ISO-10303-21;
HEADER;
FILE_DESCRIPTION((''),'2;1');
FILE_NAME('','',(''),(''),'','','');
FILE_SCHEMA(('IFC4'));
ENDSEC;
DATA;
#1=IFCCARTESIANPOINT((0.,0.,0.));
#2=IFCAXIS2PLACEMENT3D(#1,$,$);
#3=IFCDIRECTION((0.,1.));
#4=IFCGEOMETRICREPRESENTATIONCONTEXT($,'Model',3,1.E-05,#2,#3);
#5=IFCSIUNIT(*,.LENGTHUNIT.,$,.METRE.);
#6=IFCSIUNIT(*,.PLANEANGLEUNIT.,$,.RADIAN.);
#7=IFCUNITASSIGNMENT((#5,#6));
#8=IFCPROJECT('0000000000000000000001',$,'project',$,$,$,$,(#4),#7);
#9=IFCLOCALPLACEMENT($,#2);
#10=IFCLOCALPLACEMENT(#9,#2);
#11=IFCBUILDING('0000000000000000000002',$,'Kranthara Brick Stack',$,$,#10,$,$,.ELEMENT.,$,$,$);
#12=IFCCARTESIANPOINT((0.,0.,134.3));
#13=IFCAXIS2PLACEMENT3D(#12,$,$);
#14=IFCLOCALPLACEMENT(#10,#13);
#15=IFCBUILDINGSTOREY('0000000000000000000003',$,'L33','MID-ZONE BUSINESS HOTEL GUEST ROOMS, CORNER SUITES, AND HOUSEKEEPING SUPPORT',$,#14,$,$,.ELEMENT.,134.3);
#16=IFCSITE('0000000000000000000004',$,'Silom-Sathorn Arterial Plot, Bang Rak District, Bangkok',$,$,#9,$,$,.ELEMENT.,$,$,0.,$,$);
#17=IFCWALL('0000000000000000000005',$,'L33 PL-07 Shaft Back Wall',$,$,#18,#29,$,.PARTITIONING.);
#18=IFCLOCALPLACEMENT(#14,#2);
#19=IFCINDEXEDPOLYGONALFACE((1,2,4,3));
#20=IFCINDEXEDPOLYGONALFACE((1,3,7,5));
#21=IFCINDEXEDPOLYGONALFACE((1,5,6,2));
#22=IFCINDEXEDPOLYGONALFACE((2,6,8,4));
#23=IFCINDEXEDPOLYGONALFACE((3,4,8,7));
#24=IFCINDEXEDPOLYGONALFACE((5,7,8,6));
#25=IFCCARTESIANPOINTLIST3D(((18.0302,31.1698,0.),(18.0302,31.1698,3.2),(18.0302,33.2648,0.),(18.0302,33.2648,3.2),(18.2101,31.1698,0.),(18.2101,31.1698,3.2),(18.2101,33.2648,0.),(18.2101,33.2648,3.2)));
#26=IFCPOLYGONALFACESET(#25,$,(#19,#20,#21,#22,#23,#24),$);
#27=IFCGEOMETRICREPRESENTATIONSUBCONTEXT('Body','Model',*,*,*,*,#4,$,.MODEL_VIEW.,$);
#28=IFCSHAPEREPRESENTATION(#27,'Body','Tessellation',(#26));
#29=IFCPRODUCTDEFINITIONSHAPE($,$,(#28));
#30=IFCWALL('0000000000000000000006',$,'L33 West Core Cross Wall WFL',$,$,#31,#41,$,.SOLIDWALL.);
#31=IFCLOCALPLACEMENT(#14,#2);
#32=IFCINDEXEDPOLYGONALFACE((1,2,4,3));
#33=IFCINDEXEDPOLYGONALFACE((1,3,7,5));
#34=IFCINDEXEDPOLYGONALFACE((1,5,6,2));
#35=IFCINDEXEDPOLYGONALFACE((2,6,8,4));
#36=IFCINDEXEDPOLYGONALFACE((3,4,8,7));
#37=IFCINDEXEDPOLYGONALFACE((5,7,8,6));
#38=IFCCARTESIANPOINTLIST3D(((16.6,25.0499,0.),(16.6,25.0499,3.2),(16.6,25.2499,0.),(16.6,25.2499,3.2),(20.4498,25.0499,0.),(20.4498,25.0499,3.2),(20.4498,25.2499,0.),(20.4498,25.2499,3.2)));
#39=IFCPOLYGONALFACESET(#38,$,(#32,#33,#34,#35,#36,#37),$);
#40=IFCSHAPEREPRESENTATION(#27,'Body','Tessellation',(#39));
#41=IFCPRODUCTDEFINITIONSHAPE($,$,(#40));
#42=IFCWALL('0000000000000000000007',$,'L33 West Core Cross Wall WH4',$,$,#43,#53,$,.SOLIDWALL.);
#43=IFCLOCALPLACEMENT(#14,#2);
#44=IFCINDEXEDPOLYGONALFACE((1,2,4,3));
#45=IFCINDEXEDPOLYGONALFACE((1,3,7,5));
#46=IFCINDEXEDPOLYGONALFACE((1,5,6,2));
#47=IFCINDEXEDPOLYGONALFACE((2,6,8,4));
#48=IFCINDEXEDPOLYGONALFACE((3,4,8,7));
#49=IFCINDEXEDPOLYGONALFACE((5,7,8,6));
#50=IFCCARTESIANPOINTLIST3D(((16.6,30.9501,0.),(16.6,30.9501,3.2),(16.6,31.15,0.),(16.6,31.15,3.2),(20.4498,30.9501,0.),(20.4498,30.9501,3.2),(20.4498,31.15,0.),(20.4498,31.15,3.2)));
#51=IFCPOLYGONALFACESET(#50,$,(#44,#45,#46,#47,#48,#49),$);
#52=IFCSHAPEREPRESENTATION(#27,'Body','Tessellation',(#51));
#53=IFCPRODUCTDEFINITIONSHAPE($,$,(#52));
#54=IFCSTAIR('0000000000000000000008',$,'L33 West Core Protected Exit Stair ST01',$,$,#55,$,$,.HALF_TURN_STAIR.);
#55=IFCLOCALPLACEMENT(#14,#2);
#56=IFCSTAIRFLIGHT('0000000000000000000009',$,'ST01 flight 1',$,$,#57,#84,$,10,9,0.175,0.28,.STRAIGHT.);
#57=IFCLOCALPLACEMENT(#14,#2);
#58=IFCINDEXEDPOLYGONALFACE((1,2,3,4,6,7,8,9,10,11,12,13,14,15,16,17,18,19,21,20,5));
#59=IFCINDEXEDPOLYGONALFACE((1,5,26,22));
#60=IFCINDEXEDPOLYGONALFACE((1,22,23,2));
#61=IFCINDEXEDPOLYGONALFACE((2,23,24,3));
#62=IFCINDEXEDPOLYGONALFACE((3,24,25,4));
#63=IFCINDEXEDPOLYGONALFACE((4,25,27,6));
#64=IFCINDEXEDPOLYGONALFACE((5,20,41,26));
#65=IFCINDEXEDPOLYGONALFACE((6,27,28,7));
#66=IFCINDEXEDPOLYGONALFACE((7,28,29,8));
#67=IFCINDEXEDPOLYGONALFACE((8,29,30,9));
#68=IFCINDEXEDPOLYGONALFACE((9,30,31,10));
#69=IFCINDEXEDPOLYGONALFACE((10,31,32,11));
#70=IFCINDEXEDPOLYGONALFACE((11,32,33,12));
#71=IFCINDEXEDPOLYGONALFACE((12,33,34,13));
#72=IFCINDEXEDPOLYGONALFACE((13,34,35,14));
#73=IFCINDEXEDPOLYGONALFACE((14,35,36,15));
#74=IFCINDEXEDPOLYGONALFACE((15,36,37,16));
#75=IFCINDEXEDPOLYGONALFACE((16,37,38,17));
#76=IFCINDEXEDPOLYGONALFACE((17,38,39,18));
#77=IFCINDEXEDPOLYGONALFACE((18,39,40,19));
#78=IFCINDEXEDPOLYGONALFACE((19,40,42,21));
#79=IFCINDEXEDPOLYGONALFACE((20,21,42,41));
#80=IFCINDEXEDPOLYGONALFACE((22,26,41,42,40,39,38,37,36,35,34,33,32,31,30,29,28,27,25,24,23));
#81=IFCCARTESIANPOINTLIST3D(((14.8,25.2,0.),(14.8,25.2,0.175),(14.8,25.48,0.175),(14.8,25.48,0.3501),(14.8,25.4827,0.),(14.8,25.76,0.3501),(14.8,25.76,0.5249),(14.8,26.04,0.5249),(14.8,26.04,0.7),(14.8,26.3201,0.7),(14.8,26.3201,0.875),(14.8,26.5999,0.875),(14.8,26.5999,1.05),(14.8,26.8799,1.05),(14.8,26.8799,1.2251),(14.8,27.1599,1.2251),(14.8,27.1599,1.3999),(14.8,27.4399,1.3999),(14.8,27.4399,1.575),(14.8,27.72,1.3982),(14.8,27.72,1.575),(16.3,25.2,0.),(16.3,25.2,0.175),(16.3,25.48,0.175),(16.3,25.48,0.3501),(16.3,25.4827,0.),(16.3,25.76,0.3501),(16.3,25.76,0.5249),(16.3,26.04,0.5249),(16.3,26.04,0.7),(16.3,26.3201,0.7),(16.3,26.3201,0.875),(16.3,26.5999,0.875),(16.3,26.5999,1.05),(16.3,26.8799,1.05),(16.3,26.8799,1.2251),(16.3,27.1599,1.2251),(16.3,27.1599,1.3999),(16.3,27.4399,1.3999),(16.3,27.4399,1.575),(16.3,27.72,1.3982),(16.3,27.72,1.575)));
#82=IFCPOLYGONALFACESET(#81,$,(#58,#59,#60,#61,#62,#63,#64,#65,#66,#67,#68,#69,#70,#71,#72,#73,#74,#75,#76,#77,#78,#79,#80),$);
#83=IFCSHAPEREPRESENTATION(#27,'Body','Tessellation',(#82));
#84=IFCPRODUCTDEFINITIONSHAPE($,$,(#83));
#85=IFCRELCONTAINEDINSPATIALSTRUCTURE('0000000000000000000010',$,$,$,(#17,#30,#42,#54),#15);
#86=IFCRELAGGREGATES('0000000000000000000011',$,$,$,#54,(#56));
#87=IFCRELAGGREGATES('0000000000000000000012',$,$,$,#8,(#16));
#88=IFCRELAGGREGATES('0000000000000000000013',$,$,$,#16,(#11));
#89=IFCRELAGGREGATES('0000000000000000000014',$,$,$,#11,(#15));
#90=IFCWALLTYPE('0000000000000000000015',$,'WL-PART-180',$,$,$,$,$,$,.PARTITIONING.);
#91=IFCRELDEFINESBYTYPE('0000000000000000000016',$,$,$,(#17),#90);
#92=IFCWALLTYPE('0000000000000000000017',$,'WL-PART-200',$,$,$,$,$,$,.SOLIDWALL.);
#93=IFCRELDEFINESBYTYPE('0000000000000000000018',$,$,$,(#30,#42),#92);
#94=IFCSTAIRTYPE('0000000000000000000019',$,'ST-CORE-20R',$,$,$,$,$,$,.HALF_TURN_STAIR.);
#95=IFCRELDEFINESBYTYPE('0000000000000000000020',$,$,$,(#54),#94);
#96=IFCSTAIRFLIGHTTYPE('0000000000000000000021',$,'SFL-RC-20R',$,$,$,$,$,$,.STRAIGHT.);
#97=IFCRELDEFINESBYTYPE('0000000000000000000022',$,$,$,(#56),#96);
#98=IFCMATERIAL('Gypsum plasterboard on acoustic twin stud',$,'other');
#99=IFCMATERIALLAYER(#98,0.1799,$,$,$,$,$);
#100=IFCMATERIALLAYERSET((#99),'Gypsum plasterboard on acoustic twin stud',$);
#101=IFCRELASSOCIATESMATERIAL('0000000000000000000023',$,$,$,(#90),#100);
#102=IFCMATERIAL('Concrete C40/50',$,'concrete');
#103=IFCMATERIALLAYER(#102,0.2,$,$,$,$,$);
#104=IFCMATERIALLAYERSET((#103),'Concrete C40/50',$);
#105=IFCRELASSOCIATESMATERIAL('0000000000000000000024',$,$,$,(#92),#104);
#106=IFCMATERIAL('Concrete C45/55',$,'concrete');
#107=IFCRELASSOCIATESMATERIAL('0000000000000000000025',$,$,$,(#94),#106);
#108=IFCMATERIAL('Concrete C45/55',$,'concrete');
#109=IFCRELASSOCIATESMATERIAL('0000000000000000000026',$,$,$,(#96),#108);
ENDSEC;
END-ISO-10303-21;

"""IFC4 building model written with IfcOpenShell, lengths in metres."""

from ifc_helpers import new_model, si_unit, direction, frame, frame_2d, origin, place, context, subcontext, project, spatial, polyline, rectangle, outline, extrude, material, layer, layer_set, type_object, element, aggregate, save


model = new_model("IFC4")

# Units and contexts
model_context = context("Model", 3, precision=1e-05, world=origin(), true_north=direction((0.0, 1.0)))
body_context = subcontext(model_context, "Body", "Model", "MODEL_VIEW")
ifc_project = project(units=[si_unit("LENGTHUNIT", "METRE"), si_unit("PLANEANGLEUNIT", "RADIAN")], contexts=[model_context])

# Site, building, storey
site_placement = place(None, origin())
site = spatial("IfcSite", under=ifc_project, at=site_placement, Name="Silom-Sathorn Arterial Plot, Bang Rak District, Bangkok", CompositionType="ELEMENT", RefElevation=0.0)
building_placement = place(site_placement, origin())
building = spatial("IfcBuilding", under=site, at=building_placement, Name="Kranthara Brick Stack", CompositionType="ELEMENT")
storey_placement = place(building_placement, frame((0.0, 0.0, 134.3)))
storey = spatial("IfcBuildingStorey", under=building, at=storey_placement, Name="L33", Description="MID-ZONE BUSINESS HOTEL GUEST ROOMS, CORNER SUITES, AND HOUSEKEEPING SUPPORT", CompositionType="ELEMENT", Elevation=134.3)

# Walls
ifc_material_1 = material(Name="Gypsum plasterboard on acoustic twin stud", Category="other")
ifc_layer_1 = layer(ifc_material_1, 0.1799)
ifc_layer_set_1 = layer_set([ifc_layer_1], Name="Gypsum plasterboard on acoustic twin stud")
wall_type_1 = type_object("IfcWallType", Name="WL-PART-180", PredefinedType="PARTITIONING", material=ifc_layer_set_1)
wall_1_placement = place(storey_placement, frame((18.1201, 31.1699, 0.0), z_axis=(0.0, 0.0, 1.0), x_axis=(0.0, 1.0, 0.0)))
element("IfcWall", 1, at=wall_1_placement, inside=storey, type_object=wall_type_1, Name="L33 PL-07 Shaft Back Wall", PredefinedType="PARTITIONING", context=body_context, shape_type="SweptSolid", body=[
    extrude(rectangle(XDim=2.095, YDim=0.1799, at=frame_2d((1.0474, 0.0))), origin(), (0.0, 0.0, 1.0), 3.2),
])
ifc_material_2 = material(Name="Concrete C40/50", Category="concrete")
ifc_layer_2 = layer(ifc_material_2, 0.2)
ifc_layer_set_2 = layer_set([ifc_layer_2], Name="Concrete C40/50")
wall_type_2 = type_object("IfcWallType", Name="WL-PART-200", PredefinedType="SOLIDWALL", material=ifc_layer_set_2)
for number, where, z_axis, x_axis, name in (
    (2, (16.6001, 25.1499, 0.0), (0.0, 0.0, 1.0), (1.0, 0.0, 0.0), "L33 West Core Cross Wall WFL"),
    (3, (16.6001, 31.05, 0.0), (0.0, 0.0, 1.0), (1.0, 0.0, 0.0), "L33 West Core Cross Wall WH4"),
):
    element("IfcWall", number, at=place(storey_placement, frame(where, z_axis=z_axis, x_axis=x_axis)), inside=storey, type_object=wall_type_2, Name=name, PredefinedType="SOLIDWALL", context=body_context, shape_type="SweptSolid", body=[
        extrude(rectangle(XDim=3.8499, YDim=0.2, at=frame_2d((1.9248, 0.0))), origin(), (0.0, 0.0, 1.0), 3.2),
    ])

# Stair, stair flight
ifc_material_3 = material(Name="Concrete C45/55", Category="concrete")
stair_type = type_object("IfcStairType", Name="ST-CORE-20R", PredefinedType="HALF_TURN_STAIR", material=ifc_material_3)
stair_placement = place(storey_placement, origin())
stair = element("IfcStair", 4, at=stair_placement, inside=storey, type_object=stair_type, Name="L33 West Core Protected Exit Stair ST01", PredefinedType="HALF_TURN_STAIR")
ifc_material_4 = material(Name="Concrete C45/55", Category="concrete")
stair_flight_type = type_object("IfcStairFlightType", Name="SFL-RC-20R", PredefinedType="STRAIGHT", material=ifc_material_4)
stair_flight_placement = place(storey_placement, frame((15.55, 25.2, 0.0), z_axis=(0.0, 0.0, 1.0), x_axis=(0.0, 1.0, 0.0)))
stair_flight = element("IfcStairFlight", 5, at=stair_flight_placement, type_object=stair_flight_type, Name="ST01 flight 1", NumberOfRisers=10, NumberOfTreads=9, PredefinedType="STRAIGHT", RiserHeight=0.175, TreadLength=0.28, context=body_context, shape_type="SweptSolid", body=[
    extrude(outline(polyline([(0.0, 0.0), (0.0, 0.175), (0.28, 0.175), (0.28, 0.3501), (0.5601, 0.3501), (0.5601, 0.5249), (0.8401, 0.5249), (0.8401, 0.7), (1.1201, 0.7), (1.1201, 0.875), (1.3999, 0.875), (1.3999, 1.05), (1.6799, 1.05), (1.6799, 1.2251), (1.96, 1.2251), (1.96, 1.3999), (2.24, 1.3999), (2.24, 1.575), (2.52, 1.575), (2.52, 1.75), (2.52, 1.3982), (0.2827, 0.0), (0.0, 0.0)])), frame((0.0, 0.75, 0.0), z_axis=(0.0, -1.0, 0.0), x_axis=(1.0, 0.0, 0.0)), (0.0, 0.0, 1.0), 1.5),
])
aggregate(stair, [stair_flight])

save(model, "model.ifc")
